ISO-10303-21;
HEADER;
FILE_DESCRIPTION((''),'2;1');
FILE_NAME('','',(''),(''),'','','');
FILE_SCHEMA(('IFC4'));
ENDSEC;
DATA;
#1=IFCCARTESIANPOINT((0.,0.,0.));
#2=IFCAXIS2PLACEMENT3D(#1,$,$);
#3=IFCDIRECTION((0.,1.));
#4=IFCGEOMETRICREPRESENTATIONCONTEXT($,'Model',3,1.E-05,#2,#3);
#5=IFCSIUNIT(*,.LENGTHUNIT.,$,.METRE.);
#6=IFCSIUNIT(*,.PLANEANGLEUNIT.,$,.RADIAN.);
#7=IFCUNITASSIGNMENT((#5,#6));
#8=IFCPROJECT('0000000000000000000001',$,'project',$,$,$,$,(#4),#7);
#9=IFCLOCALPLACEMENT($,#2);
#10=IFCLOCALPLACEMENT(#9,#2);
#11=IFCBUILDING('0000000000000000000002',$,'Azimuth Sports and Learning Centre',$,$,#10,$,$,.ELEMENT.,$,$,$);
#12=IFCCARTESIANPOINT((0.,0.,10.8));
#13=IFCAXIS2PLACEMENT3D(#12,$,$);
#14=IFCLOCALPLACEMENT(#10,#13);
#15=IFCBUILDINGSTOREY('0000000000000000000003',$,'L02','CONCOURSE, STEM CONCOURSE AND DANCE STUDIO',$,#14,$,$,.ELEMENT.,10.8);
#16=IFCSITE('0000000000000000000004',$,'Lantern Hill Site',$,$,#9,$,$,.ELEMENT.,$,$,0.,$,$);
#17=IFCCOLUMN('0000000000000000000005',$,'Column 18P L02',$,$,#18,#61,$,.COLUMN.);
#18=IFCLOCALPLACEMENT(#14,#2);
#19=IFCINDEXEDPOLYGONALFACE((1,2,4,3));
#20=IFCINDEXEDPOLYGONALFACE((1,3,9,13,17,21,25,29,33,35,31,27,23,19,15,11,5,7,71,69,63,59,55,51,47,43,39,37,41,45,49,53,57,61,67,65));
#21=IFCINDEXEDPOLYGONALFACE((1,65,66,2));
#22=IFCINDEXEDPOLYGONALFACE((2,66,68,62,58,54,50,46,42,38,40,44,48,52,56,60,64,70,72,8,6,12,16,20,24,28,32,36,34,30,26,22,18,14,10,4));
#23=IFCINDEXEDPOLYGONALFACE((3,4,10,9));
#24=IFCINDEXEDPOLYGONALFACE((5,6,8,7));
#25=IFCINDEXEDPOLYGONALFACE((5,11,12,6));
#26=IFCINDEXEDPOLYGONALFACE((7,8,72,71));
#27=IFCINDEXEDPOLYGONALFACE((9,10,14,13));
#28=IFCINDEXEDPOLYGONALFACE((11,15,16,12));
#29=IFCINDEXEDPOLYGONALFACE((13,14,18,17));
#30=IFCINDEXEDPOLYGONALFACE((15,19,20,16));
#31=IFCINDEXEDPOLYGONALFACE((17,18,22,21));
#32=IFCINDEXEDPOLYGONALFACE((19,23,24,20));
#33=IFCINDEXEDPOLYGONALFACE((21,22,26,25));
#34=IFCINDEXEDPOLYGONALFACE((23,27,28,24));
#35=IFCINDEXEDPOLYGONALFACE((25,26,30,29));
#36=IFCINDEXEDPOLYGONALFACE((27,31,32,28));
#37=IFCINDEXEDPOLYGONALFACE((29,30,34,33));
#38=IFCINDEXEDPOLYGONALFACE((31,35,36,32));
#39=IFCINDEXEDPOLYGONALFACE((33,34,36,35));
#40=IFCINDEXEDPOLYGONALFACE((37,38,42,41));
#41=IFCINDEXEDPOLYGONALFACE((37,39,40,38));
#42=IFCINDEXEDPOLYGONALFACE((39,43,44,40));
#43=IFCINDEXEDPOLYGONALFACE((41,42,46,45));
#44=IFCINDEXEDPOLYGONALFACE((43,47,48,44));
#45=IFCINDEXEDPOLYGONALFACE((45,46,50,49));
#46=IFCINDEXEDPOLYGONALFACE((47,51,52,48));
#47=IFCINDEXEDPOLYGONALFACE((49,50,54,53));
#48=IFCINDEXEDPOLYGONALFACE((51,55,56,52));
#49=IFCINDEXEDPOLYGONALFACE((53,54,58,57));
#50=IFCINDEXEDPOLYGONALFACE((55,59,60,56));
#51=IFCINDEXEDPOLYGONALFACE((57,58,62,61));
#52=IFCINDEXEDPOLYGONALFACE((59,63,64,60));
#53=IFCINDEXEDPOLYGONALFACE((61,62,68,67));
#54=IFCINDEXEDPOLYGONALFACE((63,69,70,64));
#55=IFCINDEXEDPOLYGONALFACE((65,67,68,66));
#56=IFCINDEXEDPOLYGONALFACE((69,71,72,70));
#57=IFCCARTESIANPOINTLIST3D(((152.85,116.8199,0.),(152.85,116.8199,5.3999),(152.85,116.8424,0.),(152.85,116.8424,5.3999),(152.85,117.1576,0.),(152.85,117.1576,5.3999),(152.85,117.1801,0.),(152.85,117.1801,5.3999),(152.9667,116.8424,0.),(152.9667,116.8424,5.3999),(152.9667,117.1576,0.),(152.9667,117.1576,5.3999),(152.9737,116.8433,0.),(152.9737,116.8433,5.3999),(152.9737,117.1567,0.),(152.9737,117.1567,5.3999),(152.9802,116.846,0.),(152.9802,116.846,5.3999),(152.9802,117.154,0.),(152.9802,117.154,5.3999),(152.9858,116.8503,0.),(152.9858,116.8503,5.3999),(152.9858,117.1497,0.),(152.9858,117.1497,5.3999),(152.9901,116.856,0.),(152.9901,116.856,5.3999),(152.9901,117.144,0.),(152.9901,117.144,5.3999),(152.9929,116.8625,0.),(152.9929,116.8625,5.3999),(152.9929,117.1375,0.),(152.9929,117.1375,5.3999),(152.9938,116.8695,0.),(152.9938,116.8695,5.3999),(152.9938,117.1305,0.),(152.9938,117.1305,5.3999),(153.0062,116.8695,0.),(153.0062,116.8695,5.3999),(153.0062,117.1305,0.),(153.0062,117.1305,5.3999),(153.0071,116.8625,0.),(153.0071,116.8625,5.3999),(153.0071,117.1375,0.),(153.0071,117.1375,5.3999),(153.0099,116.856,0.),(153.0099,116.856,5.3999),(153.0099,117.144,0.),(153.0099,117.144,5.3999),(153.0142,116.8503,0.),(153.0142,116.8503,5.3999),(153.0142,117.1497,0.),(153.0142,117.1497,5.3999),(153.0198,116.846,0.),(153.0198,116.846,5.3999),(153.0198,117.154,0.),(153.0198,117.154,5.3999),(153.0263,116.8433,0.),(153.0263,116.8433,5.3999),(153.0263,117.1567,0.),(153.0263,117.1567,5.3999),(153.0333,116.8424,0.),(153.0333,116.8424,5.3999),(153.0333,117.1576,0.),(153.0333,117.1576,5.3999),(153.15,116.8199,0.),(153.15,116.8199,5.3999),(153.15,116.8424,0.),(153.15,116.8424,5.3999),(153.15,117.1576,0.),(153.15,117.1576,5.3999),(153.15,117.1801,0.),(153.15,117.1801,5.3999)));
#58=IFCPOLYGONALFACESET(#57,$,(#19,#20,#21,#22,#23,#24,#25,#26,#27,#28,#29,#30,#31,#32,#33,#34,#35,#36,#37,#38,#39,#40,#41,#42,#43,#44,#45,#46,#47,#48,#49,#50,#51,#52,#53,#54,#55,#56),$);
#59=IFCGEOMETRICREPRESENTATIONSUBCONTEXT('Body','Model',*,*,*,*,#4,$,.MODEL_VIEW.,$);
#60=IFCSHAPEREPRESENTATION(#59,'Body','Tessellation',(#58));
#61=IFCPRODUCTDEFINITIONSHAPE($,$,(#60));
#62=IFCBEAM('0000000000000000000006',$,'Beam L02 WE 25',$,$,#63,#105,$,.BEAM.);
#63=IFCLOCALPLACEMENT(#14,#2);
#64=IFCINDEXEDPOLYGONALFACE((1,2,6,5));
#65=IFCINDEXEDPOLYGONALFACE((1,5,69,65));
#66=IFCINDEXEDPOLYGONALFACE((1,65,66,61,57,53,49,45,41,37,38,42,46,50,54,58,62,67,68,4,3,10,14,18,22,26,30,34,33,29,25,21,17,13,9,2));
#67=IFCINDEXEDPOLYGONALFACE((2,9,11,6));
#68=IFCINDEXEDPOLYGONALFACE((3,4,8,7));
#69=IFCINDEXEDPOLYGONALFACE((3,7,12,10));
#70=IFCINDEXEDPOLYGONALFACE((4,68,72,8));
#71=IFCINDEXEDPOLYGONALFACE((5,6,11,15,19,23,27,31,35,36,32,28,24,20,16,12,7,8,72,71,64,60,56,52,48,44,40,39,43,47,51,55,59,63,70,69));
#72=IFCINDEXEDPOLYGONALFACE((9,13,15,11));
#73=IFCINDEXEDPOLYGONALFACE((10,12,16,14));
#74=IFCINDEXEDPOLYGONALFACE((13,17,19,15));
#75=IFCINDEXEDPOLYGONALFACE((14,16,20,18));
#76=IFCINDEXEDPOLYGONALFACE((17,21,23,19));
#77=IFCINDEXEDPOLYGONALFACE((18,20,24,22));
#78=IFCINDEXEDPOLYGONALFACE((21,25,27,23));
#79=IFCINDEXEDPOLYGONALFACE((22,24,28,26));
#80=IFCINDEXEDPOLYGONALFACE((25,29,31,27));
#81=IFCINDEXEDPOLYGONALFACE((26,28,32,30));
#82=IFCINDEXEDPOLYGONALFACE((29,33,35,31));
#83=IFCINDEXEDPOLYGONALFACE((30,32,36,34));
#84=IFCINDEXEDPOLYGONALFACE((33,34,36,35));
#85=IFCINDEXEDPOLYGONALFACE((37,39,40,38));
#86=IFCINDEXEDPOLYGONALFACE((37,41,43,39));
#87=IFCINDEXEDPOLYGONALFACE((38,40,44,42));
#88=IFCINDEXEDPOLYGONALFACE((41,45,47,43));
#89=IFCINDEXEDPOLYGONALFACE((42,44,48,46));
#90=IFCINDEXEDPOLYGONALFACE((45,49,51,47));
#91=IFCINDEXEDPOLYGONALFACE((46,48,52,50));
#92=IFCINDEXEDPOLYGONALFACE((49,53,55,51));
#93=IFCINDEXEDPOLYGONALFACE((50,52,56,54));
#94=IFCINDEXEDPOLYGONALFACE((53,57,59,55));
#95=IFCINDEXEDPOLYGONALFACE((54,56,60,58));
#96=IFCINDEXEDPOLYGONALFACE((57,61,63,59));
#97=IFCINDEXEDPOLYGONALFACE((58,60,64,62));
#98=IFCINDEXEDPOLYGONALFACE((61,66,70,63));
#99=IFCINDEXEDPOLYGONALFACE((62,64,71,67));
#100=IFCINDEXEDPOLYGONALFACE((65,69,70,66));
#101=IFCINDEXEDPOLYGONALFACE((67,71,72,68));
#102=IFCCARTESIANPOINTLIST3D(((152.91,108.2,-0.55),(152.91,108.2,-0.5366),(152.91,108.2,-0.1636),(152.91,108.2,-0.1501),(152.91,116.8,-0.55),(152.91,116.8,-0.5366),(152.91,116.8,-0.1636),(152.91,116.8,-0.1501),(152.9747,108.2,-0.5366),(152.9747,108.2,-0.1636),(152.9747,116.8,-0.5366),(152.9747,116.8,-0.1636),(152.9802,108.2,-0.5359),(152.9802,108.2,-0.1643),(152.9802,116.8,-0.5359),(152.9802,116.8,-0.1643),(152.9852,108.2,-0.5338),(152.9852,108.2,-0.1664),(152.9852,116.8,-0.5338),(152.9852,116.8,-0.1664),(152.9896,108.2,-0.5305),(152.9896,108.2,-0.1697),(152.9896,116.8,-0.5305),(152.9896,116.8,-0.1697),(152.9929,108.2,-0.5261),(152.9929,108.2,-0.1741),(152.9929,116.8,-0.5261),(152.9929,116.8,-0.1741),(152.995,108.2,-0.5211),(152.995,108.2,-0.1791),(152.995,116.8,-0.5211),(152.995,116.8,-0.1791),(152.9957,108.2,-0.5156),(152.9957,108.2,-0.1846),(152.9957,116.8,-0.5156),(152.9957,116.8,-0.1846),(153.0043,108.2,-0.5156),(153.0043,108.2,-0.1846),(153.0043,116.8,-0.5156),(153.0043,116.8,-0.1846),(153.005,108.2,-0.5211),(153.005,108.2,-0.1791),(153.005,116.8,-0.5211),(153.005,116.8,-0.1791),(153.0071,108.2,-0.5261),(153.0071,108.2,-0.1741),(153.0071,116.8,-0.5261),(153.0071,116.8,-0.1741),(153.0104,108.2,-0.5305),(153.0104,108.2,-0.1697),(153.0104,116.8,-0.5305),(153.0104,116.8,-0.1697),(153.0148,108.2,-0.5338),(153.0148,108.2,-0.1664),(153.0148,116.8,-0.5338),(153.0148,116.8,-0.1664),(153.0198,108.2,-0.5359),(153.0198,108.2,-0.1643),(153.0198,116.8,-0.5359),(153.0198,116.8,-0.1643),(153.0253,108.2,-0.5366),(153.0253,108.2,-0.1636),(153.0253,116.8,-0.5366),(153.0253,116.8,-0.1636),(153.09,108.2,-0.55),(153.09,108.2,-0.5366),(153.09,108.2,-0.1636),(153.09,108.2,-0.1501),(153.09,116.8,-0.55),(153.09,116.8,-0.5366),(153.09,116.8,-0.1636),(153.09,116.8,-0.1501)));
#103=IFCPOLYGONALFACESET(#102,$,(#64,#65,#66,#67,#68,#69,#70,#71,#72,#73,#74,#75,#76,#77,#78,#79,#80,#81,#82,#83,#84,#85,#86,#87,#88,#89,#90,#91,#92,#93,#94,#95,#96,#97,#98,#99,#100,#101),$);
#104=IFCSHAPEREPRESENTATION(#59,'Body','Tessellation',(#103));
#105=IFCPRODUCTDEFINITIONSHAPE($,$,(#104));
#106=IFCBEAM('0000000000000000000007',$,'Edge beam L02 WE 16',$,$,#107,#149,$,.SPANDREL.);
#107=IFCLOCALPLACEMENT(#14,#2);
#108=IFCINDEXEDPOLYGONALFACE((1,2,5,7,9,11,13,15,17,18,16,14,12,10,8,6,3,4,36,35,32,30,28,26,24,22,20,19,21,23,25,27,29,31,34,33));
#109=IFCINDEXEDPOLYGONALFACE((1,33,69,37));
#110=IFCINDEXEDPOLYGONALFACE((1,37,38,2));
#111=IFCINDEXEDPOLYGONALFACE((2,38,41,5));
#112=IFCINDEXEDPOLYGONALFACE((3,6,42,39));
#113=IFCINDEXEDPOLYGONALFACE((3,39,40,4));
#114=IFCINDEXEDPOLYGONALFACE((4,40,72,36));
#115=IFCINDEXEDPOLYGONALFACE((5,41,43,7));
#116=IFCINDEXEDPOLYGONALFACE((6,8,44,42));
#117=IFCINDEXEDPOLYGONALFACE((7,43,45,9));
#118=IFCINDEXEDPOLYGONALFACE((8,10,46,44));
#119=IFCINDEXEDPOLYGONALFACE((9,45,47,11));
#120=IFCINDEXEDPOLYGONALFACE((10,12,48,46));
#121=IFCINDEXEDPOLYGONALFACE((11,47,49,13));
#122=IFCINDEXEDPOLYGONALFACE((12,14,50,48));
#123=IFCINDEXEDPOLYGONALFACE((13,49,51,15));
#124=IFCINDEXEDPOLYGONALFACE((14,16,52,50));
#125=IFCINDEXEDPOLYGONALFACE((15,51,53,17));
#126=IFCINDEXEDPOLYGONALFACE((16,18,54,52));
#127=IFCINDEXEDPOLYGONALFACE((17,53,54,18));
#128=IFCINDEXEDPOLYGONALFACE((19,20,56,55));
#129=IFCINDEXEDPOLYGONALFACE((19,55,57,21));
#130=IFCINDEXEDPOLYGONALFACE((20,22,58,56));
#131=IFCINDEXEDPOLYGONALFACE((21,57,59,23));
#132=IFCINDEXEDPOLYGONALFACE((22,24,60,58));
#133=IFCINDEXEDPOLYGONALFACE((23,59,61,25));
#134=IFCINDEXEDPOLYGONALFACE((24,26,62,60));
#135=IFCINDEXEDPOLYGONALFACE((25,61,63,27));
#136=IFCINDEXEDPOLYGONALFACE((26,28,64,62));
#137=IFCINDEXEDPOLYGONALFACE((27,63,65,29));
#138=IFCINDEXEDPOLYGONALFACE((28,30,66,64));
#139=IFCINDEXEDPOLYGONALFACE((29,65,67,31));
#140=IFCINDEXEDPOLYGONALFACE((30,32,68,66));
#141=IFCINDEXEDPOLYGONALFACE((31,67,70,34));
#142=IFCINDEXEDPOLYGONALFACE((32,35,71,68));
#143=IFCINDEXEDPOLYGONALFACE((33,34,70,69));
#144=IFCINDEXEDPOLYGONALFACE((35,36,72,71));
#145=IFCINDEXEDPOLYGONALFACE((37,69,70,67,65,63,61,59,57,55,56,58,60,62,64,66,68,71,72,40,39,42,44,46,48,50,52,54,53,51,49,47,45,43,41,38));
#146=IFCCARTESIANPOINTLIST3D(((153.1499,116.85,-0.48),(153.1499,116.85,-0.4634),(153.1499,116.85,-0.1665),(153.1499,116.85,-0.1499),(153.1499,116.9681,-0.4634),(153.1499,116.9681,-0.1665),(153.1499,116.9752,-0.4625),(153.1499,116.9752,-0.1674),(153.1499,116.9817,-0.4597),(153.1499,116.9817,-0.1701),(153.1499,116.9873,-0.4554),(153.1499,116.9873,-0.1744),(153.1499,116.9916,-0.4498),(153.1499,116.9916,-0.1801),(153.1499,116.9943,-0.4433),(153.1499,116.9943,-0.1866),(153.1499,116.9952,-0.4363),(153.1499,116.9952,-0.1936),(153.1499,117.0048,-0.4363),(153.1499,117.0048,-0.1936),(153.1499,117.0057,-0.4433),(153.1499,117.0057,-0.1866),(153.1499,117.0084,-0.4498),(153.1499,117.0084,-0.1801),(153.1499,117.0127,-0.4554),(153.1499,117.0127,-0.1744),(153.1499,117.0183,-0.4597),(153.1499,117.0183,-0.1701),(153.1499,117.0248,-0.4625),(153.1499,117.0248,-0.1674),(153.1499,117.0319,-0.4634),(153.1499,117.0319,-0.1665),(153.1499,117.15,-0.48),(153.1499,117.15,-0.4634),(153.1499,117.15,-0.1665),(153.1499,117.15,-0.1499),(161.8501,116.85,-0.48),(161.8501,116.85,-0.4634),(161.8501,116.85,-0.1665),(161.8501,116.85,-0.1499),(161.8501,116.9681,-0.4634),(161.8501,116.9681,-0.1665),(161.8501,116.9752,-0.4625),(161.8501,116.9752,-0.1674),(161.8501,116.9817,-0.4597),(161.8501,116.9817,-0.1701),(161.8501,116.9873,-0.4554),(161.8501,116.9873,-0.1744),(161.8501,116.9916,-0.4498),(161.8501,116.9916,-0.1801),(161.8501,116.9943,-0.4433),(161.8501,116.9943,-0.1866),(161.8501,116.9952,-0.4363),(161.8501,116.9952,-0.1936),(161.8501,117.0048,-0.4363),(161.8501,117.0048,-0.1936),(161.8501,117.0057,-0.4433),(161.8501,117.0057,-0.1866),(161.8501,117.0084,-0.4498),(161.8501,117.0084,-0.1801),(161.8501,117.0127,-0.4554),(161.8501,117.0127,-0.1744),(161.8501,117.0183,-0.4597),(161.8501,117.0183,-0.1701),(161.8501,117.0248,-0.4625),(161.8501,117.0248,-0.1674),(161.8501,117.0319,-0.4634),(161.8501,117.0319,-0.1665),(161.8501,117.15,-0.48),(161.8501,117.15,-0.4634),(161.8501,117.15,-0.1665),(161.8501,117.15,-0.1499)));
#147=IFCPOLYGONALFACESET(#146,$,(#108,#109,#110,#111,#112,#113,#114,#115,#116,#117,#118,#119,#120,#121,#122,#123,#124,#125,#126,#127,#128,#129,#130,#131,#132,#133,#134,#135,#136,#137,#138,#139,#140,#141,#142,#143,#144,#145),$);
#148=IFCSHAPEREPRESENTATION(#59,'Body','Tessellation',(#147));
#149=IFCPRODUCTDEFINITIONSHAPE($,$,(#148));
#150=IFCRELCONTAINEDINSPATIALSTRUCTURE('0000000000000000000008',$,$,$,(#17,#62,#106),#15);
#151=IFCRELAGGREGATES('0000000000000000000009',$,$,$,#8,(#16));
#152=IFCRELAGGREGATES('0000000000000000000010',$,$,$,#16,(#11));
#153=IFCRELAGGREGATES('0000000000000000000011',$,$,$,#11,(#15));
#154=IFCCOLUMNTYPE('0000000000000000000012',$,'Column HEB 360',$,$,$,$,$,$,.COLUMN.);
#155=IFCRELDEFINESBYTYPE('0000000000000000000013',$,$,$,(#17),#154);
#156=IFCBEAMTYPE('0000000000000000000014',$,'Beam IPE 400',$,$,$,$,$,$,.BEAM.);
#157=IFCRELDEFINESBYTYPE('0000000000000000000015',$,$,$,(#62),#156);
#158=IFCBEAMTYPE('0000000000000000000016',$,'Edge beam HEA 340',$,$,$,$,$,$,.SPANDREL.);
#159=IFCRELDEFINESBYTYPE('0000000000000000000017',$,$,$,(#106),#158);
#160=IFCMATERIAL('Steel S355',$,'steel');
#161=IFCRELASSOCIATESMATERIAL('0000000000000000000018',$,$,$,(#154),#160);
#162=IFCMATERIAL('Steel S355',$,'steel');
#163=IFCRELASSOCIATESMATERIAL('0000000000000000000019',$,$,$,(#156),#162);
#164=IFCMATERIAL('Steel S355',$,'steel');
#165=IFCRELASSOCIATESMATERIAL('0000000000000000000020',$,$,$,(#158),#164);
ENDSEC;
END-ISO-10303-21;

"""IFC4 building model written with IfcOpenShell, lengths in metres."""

from ifc_helpers import new_model, si_unit, direction, frame, origin, origin_2d, place, context, subcontext, project, spatial, i_section, extrude, material, material_profile, profile_set, type_object, element, save


model = new_model("IFC4")

# Units and contexts
model_context = context("Model", 3, precision=1e-05, world=origin(), true_north=direction((0.0, 1.0)))
body_context = subcontext(model_context, "Body", "Model", "MODEL_VIEW")
ifc_project = project(units=[si_unit("LENGTHUNIT", "METRE"), si_unit("PLANEANGLEUNIT", "RADIAN")], contexts=[model_context])

# Site, building, storey
site_placement = place(None, origin())
site = spatial("IfcSite", under=ifc_project, at=site_placement, Name="Lantern Hill Site", CompositionType="ELEMENT", RefElevation=0.0)
building_placement = place(site_placement, origin())
building = spatial("IfcBuilding", under=site, at=building_placement, Name="Azimuth Sports and Learning Centre", CompositionType="ELEMENT")
storey_placement = place(building_placement, frame((0.0, 0.0, 10.8)))
storey = spatial("IfcBuildingStorey", under=building, at=storey_placement, Name="L02", Description="CONCOURSE, STEM CONCOURSE AND DANCE STUDIO", CompositionType="ELEMENT", Elevation=10.8)

# Column
ifc_material_1 = material(Name="Steel S355", Category="steel")
ifc_material_profile_1 = material_profile(ifc_material_1, i_section(OverallWidth=0.3, OverallDepth=0.3601, WebThickness=0.0125, FlangeThickness=0.0225, FilletRadius=0.0271, at=origin_2d()), Name="HEB 360")
ifc_profile_set_1 = profile_set([ifc_material_profile_1], Name="Steel S355")
column_type = type_object("IfcColumnType", Name="Column HEB 360", PredefinedType="COLUMN", material=ifc_profile_set_1)
column_placement = place(storey_placement, frame((153.0, 117.0, 0.0), z_axis=(0.0, 0.0, 1.0), x_axis=(1.0, 0.0, 0.0)))
element("IfcColumn", 1, at=column_placement, inside=storey, type_object=column_type, Name="Column 18P L02", PredefinedType="COLUMN", context=body_context, shape_type="SweptSolid", body=[
    extrude(i_section(OverallWidth=0.3, OverallDepth=0.3601, WebThickness=0.0125, FlangeThickness=0.0225, FilletRadius=0.0271, at=origin_2d()), origin(), (0.0, 0.0, 1.0), 5.3999),
])

# Beams
ifc_material_2 = material(Name="Steel S355", Category="steel")
ifc_material_profile_2 = material_profile(ifc_material_2, i_section(OverallWidth=0.1799, OverallDepth=0.3999, WebThickness=0.0085, FlangeThickness=0.0134, FilletRadius=0.021, at=origin_2d()), Name="IPE 400")
ifc_profile_set_2 = profile_set([ifc_material_profile_2], Name="Steel S355")
beam_type_1 = type_object("IfcBeamType", Name="Beam IPE 400", PredefinedType="BEAM", material=ifc_profile_set_2)
beam_1_placement = place(storey_placement, frame((153.0, 108.2, -0.3501), z_axis=(0.0, 1.0, 0.0), x_axis=(-1.0, 0.0, 0.0)))
element("IfcBeam", 2, at=beam_1_placement, inside=storey, type_object=beam_type_1, Name="Beam L02 WE 25", PredefinedType="BEAM", context=body_context, shape_type="SweptSolid", body=[
    extrude(i_section(OverallWidth=0.1799, OverallDepth=0.3999, WebThickness=0.0085, FlangeThickness=0.0134, FilletRadius=0.021, at=origin_2d()), origin(), (0.0, 0.0, 1.0), 8.6001),
])
ifc_material_3 = material(Name="Steel S355", Category="steel")
ifc_material_profile_3 = material_profile(ifc_material_3, i_section(OverallWidth=0.3, OverallDepth=0.3301, WebThickness=0.0095, FlangeThickness=0.0166, FilletRadius=0.0271, at=origin_2d()), Name="HEA 340")
ifc_profile_set_3 = profile_set([ifc_material_profile_3], Name="Steel S355")
beam_type_2 = type_object("IfcBeamType", Name="Edge beam HEA 340", PredefinedType="SPANDREL", material=ifc_profile_set_3)
beam_2_placement = place(storey_placement, frame((153.1499, 117.0, -0.3149), z_axis=(1.0, 0.0, 0.0), x_axis=(0.0, 1.0, 0.0)))
element("IfcBeam", 3, at=beam_2_placement, inside=storey, type_object=beam_type_2, Name="Edge beam L02 WE 16", PredefinedType="SPANDREL", context=body_context, shape_type="SweptSolid", body=[
    extrude(i_section(OverallWidth=0.3, OverallDepth=0.3301, WebThickness=0.0095, FlangeThickness=0.0166, FilletRadius=0.0271, at=origin_2d()), origin(), (0.0, 0.0, 1.0), 8.7002),
])

save(model, "model.ifc")
